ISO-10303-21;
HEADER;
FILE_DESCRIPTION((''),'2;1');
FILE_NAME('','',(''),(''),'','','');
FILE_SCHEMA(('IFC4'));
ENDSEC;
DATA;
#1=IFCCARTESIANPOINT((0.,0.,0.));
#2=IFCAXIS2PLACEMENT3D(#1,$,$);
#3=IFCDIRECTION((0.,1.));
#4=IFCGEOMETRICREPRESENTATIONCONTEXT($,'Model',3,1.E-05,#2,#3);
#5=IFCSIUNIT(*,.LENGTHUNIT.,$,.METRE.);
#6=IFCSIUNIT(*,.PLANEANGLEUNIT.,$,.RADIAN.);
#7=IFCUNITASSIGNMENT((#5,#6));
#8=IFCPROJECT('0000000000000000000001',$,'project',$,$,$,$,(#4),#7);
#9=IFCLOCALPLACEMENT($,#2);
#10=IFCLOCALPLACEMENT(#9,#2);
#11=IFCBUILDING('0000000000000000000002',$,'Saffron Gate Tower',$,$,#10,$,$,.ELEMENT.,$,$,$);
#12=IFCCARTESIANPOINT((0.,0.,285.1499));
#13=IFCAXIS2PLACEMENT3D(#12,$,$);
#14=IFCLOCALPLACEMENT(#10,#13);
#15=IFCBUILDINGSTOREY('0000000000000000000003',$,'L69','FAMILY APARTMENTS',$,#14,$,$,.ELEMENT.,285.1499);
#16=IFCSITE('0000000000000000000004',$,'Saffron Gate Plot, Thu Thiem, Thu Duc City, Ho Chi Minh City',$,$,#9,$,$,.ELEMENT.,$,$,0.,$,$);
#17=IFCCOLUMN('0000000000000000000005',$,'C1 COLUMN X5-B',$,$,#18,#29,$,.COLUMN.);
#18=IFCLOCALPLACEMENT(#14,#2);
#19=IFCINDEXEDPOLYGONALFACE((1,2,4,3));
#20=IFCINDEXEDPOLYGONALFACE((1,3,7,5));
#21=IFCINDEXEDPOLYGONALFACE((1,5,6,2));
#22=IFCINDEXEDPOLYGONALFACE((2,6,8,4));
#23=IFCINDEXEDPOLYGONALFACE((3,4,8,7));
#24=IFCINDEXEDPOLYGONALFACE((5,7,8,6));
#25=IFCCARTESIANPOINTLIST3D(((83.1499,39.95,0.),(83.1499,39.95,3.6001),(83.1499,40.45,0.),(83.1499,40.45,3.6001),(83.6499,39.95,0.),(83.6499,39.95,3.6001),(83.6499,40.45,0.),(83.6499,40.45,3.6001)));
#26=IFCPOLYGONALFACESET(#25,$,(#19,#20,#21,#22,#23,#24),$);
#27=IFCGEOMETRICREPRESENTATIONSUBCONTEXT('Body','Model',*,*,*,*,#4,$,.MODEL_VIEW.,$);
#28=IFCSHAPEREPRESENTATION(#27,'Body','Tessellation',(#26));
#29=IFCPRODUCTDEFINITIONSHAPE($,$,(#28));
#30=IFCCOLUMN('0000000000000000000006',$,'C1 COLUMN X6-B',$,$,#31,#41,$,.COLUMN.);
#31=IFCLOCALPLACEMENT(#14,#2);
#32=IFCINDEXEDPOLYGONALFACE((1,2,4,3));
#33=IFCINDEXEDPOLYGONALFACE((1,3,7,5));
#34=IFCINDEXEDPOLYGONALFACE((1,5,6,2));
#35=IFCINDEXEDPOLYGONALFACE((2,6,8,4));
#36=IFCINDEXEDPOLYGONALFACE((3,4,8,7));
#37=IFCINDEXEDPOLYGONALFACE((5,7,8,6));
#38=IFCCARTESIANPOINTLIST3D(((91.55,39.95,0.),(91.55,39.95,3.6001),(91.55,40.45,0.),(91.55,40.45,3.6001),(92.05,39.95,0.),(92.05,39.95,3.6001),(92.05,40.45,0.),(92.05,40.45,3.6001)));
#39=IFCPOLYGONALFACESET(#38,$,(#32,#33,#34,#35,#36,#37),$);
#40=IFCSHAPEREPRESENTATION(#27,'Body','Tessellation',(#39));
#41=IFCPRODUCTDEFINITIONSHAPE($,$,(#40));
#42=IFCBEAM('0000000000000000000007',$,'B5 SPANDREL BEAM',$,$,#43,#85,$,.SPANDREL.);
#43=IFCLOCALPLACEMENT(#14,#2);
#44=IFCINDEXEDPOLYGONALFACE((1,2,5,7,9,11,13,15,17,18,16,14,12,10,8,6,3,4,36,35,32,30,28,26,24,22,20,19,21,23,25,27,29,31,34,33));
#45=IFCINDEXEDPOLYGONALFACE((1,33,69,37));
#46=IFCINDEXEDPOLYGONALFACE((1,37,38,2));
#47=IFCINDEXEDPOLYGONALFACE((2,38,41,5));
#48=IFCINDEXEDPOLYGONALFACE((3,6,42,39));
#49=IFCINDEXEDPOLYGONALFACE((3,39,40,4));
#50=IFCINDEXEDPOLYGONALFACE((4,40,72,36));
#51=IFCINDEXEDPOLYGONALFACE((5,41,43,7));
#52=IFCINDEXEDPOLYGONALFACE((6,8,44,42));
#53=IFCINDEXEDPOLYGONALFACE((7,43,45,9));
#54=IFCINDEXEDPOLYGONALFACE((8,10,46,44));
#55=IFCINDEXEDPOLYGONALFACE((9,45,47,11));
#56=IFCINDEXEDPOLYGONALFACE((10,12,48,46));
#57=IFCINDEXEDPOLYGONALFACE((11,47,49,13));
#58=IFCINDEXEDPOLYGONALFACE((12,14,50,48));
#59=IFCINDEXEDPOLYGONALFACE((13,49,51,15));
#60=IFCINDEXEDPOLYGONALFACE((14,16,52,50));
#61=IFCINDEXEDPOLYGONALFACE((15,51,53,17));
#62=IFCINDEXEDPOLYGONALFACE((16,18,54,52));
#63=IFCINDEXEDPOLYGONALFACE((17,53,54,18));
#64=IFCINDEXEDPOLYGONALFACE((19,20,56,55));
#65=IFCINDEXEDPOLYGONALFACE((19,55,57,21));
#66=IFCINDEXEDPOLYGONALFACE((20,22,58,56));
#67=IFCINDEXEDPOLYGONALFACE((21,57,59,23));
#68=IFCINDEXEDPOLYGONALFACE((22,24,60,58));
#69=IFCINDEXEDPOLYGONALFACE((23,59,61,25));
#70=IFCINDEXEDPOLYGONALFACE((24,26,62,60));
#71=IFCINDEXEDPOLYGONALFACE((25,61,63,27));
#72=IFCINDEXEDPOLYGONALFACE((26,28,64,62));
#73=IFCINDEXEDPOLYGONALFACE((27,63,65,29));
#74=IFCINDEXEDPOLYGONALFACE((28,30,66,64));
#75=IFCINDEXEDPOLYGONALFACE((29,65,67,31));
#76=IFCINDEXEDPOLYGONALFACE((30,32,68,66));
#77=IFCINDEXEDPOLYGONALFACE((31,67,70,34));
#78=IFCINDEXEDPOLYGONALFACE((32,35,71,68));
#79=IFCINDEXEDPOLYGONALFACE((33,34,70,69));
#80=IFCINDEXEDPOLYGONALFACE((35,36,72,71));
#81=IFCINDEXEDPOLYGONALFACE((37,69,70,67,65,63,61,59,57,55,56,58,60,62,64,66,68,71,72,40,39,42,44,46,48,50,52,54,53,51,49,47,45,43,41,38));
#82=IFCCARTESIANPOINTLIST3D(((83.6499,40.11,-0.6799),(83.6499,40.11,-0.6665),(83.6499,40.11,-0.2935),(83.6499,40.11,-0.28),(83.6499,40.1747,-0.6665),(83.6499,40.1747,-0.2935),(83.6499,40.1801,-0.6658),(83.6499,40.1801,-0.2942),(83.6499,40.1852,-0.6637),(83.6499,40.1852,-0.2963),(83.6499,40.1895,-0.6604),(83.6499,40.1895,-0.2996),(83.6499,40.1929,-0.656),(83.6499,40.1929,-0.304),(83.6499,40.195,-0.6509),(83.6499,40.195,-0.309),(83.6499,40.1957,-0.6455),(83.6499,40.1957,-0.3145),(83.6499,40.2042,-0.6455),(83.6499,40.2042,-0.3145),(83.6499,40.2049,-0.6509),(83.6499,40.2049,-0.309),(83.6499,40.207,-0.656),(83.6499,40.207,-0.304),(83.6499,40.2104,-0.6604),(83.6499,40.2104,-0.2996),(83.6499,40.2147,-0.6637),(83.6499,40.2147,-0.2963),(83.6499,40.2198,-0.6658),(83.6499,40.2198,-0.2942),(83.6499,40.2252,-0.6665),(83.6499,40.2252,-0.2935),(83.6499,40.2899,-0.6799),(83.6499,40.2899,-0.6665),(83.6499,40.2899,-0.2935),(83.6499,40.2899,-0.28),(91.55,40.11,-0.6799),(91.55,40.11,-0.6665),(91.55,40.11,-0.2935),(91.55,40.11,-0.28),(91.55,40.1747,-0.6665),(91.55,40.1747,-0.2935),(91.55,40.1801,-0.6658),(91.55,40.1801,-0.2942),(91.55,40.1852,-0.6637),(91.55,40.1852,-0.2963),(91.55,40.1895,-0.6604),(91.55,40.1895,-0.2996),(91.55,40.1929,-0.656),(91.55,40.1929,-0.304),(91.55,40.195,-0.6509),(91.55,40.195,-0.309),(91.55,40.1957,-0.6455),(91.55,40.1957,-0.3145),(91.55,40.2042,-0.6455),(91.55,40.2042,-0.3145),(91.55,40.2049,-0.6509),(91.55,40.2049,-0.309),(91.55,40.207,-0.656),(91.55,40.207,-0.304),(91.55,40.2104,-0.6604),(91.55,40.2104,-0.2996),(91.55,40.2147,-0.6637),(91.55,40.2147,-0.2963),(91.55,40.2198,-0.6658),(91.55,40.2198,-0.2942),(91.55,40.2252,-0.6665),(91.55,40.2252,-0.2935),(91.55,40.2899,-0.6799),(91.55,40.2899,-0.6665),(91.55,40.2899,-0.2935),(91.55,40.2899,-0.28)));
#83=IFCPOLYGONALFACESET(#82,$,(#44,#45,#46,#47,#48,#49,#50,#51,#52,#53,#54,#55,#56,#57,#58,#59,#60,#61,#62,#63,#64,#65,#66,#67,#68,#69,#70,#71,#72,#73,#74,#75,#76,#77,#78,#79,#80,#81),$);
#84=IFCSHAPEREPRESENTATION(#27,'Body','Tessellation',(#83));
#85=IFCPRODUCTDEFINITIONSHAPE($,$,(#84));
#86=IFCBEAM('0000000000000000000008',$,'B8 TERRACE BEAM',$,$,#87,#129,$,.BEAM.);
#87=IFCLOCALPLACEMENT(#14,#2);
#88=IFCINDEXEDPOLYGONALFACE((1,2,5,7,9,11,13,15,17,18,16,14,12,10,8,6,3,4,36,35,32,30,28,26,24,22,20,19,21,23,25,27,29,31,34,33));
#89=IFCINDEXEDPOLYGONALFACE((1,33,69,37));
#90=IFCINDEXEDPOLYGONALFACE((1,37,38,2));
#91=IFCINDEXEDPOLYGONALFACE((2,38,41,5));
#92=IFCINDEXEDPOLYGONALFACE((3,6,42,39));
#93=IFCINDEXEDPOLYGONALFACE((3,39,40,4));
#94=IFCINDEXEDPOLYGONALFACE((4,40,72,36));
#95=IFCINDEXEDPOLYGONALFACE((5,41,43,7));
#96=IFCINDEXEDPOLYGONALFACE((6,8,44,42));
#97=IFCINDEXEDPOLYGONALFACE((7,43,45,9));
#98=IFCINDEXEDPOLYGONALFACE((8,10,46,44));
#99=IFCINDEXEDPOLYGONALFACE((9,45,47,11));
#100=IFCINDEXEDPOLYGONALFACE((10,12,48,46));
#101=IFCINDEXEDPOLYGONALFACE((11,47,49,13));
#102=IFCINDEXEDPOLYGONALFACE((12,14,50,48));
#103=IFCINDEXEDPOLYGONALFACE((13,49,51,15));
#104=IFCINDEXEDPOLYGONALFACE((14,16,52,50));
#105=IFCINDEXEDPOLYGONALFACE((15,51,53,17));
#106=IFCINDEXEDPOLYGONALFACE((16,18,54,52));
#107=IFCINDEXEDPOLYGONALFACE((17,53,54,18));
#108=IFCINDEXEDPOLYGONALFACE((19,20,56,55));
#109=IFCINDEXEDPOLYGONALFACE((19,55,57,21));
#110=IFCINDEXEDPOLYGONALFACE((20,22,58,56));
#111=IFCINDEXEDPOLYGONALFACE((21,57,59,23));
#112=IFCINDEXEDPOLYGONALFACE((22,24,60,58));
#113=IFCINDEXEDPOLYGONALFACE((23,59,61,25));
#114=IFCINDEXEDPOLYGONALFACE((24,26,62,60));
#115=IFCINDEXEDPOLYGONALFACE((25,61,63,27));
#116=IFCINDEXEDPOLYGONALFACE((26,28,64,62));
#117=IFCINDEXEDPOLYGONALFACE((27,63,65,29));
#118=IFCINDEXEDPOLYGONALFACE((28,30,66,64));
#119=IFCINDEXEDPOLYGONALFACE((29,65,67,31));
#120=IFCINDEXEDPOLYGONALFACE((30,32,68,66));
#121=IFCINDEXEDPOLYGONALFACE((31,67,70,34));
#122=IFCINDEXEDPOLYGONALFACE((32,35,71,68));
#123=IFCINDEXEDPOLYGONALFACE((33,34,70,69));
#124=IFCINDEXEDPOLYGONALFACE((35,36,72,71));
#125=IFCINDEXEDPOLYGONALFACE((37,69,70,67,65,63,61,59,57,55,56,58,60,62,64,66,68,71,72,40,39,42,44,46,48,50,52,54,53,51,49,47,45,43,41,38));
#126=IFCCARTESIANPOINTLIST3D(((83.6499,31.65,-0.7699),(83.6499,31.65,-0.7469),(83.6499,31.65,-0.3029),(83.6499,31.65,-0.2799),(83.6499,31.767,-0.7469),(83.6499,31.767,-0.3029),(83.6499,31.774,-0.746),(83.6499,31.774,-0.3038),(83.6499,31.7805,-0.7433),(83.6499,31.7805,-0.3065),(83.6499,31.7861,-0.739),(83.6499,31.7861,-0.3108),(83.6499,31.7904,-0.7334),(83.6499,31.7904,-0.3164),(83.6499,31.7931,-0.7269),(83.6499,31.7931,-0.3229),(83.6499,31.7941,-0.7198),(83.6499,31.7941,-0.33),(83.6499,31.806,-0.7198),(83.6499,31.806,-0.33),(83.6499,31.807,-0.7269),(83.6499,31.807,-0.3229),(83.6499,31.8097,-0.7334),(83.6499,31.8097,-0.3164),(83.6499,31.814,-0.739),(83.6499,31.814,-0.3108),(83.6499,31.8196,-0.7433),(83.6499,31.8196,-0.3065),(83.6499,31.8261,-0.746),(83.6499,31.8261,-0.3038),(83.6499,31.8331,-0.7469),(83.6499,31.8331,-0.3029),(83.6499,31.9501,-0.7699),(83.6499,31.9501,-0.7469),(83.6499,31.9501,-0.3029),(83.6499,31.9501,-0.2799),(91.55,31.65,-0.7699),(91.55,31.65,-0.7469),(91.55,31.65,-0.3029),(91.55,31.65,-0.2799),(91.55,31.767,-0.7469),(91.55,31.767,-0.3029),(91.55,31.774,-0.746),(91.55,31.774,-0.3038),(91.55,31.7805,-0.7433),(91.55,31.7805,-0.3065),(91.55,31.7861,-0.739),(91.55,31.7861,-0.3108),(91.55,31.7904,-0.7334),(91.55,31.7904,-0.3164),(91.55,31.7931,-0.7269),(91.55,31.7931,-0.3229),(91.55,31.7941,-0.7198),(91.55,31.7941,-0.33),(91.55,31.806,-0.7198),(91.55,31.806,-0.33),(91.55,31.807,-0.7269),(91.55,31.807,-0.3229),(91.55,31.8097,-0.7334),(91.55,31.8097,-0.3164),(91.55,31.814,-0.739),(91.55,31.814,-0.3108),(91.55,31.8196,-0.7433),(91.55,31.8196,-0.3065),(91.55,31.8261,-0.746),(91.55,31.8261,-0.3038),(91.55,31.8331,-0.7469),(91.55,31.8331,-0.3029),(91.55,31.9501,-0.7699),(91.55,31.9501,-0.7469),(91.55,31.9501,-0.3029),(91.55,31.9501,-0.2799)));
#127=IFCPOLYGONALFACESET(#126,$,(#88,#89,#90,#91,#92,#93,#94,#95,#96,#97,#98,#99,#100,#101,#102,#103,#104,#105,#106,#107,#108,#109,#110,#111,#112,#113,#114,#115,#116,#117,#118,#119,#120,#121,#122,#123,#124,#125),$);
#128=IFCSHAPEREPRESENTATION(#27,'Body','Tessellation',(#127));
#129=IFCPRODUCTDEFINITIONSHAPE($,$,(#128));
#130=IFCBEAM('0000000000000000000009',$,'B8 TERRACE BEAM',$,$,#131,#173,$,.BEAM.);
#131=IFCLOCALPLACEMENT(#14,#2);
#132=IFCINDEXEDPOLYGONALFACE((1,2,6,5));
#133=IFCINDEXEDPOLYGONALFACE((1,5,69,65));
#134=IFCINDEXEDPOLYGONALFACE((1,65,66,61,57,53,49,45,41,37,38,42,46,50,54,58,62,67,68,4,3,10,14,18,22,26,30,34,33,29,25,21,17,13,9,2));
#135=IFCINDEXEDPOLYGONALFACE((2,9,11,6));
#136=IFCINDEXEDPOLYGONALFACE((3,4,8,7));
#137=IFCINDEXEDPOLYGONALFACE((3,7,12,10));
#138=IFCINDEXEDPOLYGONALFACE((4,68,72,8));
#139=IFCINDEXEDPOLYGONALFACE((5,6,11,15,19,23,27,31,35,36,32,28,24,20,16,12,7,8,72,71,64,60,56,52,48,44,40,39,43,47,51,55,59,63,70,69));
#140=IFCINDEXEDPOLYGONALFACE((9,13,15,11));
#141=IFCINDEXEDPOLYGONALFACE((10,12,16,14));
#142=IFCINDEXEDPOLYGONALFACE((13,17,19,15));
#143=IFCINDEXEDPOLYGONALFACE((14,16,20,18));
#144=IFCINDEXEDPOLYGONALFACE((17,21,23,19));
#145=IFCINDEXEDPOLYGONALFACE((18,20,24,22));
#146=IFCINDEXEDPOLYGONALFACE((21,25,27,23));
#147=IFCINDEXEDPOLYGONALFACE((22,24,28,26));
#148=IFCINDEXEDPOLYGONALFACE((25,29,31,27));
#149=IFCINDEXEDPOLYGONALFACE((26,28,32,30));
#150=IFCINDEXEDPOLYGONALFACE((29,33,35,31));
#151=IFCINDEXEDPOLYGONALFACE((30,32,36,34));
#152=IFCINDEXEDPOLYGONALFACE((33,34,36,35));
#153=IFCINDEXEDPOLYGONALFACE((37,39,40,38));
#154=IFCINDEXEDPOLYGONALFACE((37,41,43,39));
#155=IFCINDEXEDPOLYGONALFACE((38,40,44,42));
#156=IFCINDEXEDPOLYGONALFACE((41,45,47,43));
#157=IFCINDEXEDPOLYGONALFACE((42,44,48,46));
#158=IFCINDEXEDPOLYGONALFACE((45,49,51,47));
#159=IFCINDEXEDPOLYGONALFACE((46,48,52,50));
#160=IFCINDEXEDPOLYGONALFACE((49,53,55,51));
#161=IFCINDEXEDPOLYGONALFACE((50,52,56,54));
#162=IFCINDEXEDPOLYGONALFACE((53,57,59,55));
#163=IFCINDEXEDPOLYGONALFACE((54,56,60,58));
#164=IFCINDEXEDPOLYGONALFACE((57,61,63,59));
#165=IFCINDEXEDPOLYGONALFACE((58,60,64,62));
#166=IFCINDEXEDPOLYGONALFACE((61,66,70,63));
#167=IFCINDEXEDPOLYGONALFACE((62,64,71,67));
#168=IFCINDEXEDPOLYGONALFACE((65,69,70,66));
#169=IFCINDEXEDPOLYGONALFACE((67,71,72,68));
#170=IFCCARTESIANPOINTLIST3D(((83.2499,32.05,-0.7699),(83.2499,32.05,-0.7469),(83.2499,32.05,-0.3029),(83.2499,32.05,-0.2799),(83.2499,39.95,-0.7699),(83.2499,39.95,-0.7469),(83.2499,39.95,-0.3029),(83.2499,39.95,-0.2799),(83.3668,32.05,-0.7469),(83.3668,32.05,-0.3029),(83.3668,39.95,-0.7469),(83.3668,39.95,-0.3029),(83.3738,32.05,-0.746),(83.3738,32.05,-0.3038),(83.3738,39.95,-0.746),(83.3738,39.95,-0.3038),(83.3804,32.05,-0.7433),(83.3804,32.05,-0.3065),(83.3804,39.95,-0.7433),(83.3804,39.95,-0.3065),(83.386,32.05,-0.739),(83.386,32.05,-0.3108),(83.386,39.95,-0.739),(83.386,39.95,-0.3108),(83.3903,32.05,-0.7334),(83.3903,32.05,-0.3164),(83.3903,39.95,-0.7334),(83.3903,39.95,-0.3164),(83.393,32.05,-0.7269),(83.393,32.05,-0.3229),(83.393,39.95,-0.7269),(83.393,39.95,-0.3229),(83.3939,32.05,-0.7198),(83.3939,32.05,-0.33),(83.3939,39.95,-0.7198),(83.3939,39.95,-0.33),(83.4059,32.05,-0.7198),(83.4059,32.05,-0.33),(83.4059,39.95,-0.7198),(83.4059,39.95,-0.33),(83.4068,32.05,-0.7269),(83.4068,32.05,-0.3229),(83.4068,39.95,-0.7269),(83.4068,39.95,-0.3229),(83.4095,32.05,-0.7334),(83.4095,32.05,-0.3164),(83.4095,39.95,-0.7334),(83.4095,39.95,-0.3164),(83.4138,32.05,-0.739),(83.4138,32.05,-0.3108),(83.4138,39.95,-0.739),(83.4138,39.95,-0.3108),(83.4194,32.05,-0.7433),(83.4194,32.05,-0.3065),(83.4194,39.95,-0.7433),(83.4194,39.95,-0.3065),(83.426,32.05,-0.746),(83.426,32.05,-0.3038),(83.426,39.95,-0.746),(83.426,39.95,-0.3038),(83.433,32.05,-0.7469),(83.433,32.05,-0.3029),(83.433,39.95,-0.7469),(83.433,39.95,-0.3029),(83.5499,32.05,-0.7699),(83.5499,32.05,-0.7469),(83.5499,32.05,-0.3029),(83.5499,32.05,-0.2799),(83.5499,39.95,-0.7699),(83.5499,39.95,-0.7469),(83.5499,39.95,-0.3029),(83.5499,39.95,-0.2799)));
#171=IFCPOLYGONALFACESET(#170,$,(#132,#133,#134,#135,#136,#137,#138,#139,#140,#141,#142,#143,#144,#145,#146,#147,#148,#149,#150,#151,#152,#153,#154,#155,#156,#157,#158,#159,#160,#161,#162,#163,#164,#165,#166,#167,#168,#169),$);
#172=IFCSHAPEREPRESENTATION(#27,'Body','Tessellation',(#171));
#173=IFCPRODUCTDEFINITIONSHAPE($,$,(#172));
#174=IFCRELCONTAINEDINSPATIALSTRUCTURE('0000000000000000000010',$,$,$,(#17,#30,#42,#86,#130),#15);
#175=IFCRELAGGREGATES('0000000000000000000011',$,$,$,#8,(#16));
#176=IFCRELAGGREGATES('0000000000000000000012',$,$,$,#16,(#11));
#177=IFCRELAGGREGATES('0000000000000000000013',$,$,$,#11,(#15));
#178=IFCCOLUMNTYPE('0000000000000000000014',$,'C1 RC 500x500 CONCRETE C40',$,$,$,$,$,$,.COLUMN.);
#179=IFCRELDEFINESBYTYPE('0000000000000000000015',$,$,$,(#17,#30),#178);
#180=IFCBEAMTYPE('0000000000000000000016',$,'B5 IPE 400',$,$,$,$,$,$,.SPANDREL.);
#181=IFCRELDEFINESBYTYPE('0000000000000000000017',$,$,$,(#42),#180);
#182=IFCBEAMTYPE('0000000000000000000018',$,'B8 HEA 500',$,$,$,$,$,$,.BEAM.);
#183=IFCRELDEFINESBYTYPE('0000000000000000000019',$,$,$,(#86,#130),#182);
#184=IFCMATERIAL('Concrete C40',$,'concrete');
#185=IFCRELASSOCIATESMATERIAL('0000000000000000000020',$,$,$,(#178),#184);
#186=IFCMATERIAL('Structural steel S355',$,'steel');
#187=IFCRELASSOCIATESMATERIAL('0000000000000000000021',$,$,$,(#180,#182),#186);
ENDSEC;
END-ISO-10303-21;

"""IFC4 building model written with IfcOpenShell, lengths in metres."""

from ifc_helpers import new_model, si_unit, direction, frame, origin, origin_2d, place, context, subcontext, project, spatial, rectangle, i_section, extrude, material, material_profile, profile_set, type_object, element, save


model = new_model("IFC4")

# Units and contexts
model_context = context("Model", 3, precision=1e-05, world=origin(), true_north=direction((0.0, 1.0)))
body_context = subcontext(model_context, "Body", "Model", "MODEL_VIEW")
ifc_project = project(units=[si_unit("LENGTHUNIT", "METRE"), si_unit("PLANEANGLEUNIT", "RADIAN")], contexts=[model_context])

# Site, building, storey
site_placement = place(None, origin())
site = spatial("IfcSite", under=ifc_project, at=site_placement, Name="Saffron Gate Plot, Thu Thiem, Thu Duc City, Ho Chi Minh City", CompositionType="ELEMENT", RefElevation=0.0)
building_placement = place(site_placement, origin())
building = spatial("IfcBuilding", under=site, at=building_placement, Name="Saffron Gate Tower", CompositionType="ELEMENT")
storey_placement = place(building_placement, frame((0.0, 0.0, 285.1499)))
storey = spatial("IfcBuildingStorey", under=building, at=storey_placement, Name="L69", Description="FAMILY APARTMENTS", CompositionType="ELEMENT", Elevation=285.1499)

# Columns
ifc_material_1 = material(Name="Concrete C40", Category="concrete")
ifc_material_profile_1 = material_profile(ifc_material_1, rectangle(XDim=0.5, YDim=0.5, at=origin_2d()))
ifc_profile_set_1 = profile_set([ifc_material_profile_1], Name="Concrete C40")
column_type = type_object("IfcColumnType", Name="C1 RC 500x500 CONCRETE C40", PredefinedType="COLUMN", material=ifc_profile_set_1)
for number, where, z_axis, x_axis, name in (
    (1, (83.3999, 40.2, 0.0), (0.0, 0.0, 1.0), (1.0, 0.0, 0.0), "C1 COLUMN X5-B"),
    (2, (91.8, 40.2, 0.0), (0.0, 0.0, 1.0), (1.0, 0.0, 0.0), "C1 COLUMN X6-B"),
):
    element("IfcColumn", number, at=place(storey_placement, frame(where, z_axis=z_axis, x_axis=x_axis)), inside=storey, type_object=column_type, Name=name, PredefinedType="COLUMN", context=body_context, shape_type="SweptSolid", body=[
        extrude(rectangle(XDim=0.5, YDim=0.5, at=origin_2d()), origin(), (0.0, 0.0, 1.0), 3.6001),
    ])

# Beams
ifc_material_2 = material(Name="Structural steel S355", Category="steel")
ifc_material_profile_2 = material_profile(ifc_material_2, i_section(OverallWidth=0.1799, OverallDepth=0.3999, WebThickness=0.0085, FlangeThickness=0.0134, FilletRadius=0.021, at=origin_2d()))
ifc_profile_set_2 = profile_set([ifc_material_profile_2], Name="Structural steel S355")
beam_type_1 = type_object("IfcBeamType", Name="B5 IPE 400", PredefinedType="SPANDREL", material=ifc_profile_set_2)
beam_1_placement = place(storey_placement, frame((83.6499, 40.2, -0.48), z_axis=(1.0, 0.0, 0.0), x_axis=(0.0, 1.0, 0.0)))
element("IfcBeam", 3, at=beam_1_placement, inside=storey, type_object=beam_type_1, Name="B5 SPANDREL BEAM", PredefinedType="SPANDREL", context=body_context, shape_type="SweptSolid", body=[
    extrude(i_section(OverallWidth=0.1799, OverallDepth=0.3999, WebThickness=0.0085, FlangeThickness=0.0134, FilletRadius=0.021, at=origin_2d()), origin(), (0.0, 0.0, 1.0), 7.9001),
])
ifc_material_profile_3 = material_profile(ifc_material_2, i_section(OverallWidth=0.3, OverallDepth=0.49, WebThickness=0.012, FlangeThickness=0.0229, FilletRadius=0.0271, at=origin_2d()))
ifc_profile_set_3 = profile_set([ifc_material_profile_3], Name="Structural steel S355")
beam_type_2 = type_object("IfcBeamType", Name="B8 HEA 500", PredefinedType="BEAM", material=ifc_profile_set_3)
beam_2_placement = place(storey_placement, frame((83.6499, 31.8, -0.5249), z_axis=(1.0, 0.0, 0.0), x_axis=(0.0, 1.0, 0.0)))
element("IfcBeam", 4, at=beam_2_placement, inside=storey, type_object=beam_type_2, Name="B8 TERRACE BEAM", PredefinedType="BEAM", context=body_context, shape_type="SweptSolid", body=[
    extrude(i_section(OverallWidth=0.3, OverallDepth=0.49, WebThickness=0.012, FlangeThickness=0.0229, FilletRadius=0.0271, at=origin_2d()), origin(), (0.0, 0.0, 1.0), 7.9001),
])
for number, where, z_axis, x_axis, name in (
    (5, (83.3999, 32.05, -0.5249), (0.0, 1.0, 0.0), (-1.0, 0.0, 0.0), "B8 TERRACE BEAM"),
):
    element("IfcBeam", number, at=place(storey_placement, frame(where, z_axis=z_axis, x_axis=x_axis)), inside=storey, type_object=beam_type_2, Name=name, PredefinedType="BEAM", context=body_context, shape_type="SweptSolid", body=[
        extrude(i_section(OverallWidth=0.3, OverallDepth=0.49, WebThickness=0.012, FlangeThickness=0.0229, FilletRadius=0.0271, at=origin_2d()), origin(), (0.0, 0.0, 1.0), 7.8999),
    ])

save(model, "model.ifc")
